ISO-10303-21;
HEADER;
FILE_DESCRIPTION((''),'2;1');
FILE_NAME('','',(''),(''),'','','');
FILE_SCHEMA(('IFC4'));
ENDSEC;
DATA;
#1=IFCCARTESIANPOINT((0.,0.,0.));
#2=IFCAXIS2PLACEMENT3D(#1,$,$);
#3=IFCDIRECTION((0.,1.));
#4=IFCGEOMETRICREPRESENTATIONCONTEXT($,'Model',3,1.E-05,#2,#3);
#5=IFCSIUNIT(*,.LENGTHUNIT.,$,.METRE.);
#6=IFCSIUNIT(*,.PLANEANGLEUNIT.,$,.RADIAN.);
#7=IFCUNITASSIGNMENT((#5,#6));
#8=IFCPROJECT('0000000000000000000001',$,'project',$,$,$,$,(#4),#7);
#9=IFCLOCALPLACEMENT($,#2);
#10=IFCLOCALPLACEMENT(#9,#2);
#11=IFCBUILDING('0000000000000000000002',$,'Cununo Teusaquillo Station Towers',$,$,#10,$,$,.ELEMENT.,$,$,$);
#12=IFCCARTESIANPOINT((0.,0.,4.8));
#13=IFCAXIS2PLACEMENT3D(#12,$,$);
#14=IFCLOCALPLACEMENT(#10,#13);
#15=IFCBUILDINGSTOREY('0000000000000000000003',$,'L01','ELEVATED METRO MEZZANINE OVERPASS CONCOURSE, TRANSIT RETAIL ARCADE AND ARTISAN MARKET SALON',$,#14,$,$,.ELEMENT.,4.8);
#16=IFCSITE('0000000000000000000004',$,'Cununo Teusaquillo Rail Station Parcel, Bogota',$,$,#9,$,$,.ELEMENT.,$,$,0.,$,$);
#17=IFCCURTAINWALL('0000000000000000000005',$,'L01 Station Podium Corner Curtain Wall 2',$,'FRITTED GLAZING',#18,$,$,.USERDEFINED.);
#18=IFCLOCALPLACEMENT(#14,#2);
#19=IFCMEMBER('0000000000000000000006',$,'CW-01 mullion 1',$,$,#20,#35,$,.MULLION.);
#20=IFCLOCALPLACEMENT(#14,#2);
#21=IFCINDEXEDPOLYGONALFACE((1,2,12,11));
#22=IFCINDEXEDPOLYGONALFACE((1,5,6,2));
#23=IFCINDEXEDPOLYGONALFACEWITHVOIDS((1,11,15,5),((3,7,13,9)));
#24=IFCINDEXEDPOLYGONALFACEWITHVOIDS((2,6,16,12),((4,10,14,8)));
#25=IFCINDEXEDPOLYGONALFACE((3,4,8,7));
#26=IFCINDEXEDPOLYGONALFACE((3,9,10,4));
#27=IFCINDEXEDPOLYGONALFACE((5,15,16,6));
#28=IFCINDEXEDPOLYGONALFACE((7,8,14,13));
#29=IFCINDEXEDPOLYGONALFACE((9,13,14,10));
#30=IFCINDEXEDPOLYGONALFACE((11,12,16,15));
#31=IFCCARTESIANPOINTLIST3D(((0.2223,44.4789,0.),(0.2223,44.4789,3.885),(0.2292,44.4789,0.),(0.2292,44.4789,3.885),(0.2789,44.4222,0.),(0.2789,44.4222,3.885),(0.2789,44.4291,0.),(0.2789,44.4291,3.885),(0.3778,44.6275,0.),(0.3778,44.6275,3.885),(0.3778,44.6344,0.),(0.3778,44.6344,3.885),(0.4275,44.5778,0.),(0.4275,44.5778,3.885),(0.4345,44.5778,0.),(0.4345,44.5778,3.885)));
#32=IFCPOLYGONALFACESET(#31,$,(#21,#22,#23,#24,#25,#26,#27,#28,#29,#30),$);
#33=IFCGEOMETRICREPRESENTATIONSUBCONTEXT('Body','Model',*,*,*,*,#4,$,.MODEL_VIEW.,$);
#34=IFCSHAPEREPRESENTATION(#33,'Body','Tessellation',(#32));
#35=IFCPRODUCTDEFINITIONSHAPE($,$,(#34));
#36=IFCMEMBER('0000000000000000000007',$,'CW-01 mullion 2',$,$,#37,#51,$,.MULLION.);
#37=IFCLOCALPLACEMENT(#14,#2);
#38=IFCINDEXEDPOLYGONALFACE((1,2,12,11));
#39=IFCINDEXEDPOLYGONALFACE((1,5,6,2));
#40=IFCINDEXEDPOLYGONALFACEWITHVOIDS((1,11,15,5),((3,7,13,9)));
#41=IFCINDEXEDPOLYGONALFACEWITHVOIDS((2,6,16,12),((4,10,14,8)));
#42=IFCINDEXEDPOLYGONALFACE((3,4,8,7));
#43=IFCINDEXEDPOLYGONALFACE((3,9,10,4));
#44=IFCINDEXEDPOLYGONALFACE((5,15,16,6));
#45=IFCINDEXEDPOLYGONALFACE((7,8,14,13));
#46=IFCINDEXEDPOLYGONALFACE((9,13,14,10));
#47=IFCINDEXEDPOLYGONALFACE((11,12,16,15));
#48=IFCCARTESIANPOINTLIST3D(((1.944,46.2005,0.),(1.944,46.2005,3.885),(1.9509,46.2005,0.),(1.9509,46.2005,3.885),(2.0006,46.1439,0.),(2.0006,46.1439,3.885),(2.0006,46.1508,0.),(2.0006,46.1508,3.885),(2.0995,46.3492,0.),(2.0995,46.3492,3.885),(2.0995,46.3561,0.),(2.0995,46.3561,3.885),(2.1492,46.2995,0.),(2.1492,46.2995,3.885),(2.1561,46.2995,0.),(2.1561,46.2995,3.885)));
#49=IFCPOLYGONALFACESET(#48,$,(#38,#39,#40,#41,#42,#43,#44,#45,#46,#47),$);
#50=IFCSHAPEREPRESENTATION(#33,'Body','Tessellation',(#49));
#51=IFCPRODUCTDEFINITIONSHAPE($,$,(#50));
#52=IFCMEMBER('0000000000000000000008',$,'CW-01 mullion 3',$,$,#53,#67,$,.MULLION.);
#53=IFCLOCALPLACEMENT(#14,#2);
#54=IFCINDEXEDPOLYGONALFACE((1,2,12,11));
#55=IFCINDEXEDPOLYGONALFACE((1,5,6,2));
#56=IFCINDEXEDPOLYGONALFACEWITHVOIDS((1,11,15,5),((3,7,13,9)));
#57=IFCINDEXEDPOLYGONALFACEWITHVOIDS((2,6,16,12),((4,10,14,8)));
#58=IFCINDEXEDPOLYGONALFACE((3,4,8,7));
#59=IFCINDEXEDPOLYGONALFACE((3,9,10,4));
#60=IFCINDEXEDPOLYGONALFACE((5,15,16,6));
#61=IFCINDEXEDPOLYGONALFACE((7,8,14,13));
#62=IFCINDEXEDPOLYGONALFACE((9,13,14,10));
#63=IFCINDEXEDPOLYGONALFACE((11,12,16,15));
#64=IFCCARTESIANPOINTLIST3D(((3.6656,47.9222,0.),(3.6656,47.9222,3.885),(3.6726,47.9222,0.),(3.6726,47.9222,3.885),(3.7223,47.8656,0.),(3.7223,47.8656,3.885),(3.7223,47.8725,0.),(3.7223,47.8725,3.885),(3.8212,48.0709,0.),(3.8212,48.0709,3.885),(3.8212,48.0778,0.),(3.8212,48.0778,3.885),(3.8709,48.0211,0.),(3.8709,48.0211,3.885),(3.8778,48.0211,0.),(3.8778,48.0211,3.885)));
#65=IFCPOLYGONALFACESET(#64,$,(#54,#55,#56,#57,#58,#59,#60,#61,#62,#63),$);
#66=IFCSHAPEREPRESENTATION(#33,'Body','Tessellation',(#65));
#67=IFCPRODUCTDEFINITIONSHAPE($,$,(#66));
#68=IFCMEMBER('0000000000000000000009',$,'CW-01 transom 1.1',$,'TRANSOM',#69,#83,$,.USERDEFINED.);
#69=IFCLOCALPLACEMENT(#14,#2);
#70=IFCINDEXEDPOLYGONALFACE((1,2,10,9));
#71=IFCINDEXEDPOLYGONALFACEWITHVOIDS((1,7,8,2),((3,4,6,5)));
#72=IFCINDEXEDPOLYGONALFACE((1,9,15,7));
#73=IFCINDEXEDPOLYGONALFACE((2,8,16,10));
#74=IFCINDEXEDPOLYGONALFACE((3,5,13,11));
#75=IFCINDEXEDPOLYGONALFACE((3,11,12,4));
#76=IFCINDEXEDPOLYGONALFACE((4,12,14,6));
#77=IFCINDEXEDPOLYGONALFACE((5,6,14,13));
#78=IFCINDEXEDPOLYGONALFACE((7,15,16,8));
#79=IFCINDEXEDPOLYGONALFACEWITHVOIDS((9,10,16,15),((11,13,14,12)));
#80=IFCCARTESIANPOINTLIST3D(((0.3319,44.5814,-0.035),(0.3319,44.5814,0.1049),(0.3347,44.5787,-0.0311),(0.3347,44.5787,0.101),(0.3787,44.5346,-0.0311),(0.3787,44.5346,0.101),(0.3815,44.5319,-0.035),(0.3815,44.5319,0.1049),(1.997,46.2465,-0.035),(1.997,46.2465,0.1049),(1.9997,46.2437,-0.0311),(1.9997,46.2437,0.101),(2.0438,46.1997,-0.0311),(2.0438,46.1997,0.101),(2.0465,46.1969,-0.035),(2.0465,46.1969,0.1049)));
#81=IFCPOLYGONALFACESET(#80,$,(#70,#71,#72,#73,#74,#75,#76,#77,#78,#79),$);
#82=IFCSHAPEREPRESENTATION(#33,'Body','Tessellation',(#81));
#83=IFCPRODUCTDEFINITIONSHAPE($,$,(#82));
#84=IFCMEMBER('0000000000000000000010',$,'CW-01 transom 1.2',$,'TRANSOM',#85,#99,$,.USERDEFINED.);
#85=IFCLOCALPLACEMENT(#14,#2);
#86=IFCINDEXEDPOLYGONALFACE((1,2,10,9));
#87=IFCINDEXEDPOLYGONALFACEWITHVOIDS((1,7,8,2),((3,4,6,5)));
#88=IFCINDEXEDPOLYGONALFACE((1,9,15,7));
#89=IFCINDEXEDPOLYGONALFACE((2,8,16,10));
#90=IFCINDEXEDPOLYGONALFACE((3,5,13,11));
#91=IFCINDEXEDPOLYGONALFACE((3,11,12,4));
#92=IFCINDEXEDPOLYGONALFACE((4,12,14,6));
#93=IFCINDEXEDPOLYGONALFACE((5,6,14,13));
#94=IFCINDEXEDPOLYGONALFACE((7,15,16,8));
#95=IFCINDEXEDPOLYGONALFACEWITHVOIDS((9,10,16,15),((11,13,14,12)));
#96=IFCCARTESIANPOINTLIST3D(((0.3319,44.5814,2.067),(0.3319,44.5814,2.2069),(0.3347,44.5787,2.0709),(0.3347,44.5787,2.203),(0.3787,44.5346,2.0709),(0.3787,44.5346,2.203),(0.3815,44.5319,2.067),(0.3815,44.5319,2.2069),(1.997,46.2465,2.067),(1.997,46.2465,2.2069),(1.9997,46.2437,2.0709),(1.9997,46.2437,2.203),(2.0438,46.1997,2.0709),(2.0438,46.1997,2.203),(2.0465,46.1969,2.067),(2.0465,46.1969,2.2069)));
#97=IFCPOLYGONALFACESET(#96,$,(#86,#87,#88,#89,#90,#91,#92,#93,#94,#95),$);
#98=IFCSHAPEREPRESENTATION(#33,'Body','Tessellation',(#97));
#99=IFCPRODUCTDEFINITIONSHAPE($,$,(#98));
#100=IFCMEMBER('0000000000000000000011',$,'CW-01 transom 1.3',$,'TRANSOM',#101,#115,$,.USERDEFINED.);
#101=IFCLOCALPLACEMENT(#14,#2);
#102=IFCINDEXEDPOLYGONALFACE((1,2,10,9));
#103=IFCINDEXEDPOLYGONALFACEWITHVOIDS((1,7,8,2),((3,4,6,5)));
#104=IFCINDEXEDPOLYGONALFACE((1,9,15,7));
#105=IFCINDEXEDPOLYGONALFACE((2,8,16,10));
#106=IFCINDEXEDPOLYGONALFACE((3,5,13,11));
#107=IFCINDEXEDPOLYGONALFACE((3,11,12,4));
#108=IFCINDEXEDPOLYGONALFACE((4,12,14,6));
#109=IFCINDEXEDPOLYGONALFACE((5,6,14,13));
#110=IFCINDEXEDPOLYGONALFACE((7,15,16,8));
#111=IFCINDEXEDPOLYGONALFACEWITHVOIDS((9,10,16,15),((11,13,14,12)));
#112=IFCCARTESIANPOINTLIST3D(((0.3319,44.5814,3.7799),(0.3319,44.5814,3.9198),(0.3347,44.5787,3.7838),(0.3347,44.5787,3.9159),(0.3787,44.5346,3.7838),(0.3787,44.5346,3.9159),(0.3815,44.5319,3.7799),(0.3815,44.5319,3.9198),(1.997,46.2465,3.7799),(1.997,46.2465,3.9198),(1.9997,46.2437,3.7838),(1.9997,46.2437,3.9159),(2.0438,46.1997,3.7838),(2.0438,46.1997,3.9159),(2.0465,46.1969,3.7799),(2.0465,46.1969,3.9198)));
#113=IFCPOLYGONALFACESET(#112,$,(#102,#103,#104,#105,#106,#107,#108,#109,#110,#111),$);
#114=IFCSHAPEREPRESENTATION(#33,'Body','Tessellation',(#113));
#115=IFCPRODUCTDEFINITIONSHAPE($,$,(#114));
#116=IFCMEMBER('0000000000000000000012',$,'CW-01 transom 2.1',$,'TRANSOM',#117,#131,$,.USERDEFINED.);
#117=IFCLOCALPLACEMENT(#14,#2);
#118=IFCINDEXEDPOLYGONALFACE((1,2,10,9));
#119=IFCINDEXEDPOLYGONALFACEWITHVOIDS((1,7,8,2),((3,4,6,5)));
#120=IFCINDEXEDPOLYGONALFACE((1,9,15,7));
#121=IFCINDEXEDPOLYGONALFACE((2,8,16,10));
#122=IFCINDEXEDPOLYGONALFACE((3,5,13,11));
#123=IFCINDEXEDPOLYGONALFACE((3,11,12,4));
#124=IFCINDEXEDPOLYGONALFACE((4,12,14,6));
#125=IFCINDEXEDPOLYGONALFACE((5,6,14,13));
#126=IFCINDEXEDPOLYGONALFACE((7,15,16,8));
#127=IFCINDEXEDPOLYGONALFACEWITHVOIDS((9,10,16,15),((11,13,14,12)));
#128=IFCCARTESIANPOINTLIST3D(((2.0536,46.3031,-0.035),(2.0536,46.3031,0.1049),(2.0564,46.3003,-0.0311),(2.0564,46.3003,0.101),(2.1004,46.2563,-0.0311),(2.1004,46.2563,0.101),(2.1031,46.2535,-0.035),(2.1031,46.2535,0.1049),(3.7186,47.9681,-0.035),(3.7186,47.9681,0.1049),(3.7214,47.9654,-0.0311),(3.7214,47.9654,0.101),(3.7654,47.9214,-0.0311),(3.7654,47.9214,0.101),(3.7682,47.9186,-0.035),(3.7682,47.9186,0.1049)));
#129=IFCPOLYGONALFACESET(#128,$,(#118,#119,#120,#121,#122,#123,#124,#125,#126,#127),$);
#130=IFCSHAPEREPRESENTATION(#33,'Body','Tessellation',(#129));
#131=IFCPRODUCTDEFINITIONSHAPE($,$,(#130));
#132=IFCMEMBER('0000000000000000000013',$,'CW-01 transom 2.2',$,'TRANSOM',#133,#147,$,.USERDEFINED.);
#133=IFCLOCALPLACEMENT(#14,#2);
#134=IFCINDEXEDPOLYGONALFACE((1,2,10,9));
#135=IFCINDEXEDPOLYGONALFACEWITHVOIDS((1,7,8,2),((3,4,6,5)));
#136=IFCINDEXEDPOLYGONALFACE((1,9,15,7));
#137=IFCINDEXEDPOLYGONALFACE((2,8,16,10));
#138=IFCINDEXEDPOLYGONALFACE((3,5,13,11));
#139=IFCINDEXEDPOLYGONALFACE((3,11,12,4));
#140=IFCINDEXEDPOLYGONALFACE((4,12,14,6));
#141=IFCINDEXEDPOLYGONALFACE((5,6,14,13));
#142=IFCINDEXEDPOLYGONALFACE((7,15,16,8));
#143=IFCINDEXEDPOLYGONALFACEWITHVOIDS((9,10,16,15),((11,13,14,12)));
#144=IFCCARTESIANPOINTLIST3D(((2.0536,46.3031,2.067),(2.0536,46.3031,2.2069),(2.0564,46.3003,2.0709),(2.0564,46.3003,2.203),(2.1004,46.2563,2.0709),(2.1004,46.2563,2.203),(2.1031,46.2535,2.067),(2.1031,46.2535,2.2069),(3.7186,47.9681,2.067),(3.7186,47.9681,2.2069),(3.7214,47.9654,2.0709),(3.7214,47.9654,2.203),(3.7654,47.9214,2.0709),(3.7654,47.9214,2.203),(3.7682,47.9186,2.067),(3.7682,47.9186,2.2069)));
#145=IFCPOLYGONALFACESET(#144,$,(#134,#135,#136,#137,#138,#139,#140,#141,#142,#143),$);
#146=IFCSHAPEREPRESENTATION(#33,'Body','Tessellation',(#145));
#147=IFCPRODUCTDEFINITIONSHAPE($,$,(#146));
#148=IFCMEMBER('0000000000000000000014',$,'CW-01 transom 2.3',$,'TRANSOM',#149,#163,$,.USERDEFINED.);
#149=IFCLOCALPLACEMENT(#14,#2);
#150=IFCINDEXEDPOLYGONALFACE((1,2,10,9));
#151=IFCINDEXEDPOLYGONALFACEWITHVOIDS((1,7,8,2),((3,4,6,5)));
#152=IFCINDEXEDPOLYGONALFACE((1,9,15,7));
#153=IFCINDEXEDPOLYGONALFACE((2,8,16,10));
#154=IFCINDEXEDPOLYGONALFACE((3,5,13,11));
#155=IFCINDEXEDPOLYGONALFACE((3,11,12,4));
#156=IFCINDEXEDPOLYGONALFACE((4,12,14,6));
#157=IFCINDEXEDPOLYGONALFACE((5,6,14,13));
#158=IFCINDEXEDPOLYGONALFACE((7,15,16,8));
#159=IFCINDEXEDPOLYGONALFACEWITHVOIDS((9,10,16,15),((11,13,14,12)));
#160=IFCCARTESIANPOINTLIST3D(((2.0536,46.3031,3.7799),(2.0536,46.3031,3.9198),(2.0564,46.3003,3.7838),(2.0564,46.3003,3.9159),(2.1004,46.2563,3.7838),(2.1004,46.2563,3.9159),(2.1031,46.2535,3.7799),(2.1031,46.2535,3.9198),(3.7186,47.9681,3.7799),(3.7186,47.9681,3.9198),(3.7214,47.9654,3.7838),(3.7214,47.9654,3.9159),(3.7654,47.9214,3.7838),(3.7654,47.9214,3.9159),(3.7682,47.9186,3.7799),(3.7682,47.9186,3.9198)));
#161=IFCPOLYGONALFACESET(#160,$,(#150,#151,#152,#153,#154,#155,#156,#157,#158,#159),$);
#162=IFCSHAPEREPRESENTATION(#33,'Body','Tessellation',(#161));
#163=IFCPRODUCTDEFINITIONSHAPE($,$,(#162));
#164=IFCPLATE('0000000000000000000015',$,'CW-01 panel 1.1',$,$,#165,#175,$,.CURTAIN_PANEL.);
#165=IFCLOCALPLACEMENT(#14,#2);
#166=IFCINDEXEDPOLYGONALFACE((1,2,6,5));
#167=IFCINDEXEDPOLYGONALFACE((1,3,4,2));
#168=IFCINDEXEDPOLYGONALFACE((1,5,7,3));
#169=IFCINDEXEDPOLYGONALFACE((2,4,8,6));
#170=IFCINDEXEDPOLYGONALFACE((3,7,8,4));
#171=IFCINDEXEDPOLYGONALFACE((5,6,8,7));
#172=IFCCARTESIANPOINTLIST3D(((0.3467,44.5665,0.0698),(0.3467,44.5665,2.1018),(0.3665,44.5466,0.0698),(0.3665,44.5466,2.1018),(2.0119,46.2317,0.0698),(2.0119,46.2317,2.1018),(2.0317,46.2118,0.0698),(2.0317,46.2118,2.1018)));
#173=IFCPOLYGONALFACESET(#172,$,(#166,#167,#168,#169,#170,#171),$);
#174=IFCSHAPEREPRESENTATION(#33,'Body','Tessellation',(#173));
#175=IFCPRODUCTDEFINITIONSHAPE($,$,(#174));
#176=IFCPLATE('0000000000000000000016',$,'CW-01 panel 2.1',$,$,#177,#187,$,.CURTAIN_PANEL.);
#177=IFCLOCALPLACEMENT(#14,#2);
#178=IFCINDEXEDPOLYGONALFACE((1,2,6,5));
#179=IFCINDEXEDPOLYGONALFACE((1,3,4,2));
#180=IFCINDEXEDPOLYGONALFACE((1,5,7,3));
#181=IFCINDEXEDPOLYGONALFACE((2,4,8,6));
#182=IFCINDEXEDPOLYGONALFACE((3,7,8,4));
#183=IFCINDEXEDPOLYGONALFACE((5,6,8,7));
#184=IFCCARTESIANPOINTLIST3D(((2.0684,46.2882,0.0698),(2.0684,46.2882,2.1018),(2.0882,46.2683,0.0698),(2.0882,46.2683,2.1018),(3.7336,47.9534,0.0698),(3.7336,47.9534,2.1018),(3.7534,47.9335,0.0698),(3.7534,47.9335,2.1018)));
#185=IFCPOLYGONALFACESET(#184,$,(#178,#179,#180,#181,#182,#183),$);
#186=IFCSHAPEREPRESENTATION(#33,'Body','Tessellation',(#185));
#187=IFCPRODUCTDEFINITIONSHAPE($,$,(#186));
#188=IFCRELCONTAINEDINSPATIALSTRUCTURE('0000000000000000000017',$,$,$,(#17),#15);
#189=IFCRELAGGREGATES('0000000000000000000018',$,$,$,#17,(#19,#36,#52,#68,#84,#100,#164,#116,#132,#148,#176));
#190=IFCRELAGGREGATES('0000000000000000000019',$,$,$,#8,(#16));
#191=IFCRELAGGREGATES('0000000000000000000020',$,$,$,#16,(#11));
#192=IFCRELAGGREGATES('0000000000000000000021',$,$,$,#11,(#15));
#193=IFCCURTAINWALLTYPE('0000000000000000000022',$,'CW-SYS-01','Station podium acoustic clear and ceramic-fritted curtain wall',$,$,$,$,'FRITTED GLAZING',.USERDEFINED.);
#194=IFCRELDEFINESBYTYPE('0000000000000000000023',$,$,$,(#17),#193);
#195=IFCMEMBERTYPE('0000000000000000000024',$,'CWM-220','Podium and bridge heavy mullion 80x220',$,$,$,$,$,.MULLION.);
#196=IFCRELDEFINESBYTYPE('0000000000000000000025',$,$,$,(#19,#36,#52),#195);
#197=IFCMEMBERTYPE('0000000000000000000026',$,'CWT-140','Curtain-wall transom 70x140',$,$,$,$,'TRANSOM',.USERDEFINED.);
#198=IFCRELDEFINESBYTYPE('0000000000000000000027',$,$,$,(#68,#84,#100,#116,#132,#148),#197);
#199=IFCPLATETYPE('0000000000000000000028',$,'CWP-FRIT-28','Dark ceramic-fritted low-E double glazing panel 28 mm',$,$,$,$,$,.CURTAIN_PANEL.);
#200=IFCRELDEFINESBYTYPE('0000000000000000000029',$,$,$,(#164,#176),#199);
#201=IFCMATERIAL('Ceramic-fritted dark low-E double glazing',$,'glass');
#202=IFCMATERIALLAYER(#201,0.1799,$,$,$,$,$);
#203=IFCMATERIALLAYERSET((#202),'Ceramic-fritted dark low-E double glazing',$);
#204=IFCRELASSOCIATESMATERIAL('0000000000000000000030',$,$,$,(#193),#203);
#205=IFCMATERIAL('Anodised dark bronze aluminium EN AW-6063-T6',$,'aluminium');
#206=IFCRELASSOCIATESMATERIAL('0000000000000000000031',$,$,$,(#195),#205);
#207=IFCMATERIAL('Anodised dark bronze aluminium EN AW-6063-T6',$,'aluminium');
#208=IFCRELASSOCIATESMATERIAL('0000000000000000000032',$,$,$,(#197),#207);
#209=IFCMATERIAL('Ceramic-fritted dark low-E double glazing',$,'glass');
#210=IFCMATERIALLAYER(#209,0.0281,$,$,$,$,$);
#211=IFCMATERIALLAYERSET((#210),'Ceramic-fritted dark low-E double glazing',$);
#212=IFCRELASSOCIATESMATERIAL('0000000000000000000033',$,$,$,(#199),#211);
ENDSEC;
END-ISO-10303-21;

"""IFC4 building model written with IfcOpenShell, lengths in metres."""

from ifc_helpers import new_model, si_unit, direction, frame, origin, origin_2d, place, context, subcontext, project, spatial, rectangle, hollow_rectangle, extrude, source, transform, mapped, material, layer, layer_set, material_profile, profile_set, type_object, element, aggregate, save


model = new_model("IFC4")

# Units and contexts
model_context = context("Model", 3, precision=1e-05, world=origin(), true_north=direction((0.0, 1.0)))
body_context = subcontext(model_context, "Body", "Model", "MODEL_VIEW")
ifc_project = project(units=[si_unit("LENGTHUNIT", "METRE"), si_unit("PLANEANGLEUNIT", "RADIAN")], contexts=[model_context])

# Site, building, storey
site_placement = place(None, origin())
site = spatial("IfcSite", under=ifc_project, at=site_placement, Name="Cununo Teusaquillo Rail Station Parcel, Bogota", CompositionType="ELEMENT", RefElevation=0.0)
building_placement = place(site_placement, origin())
building = spatial("IfcBuilding", under=site, at=building_placement, Name="Cununo Teusaquillo Station Towers", CompositionType="ELEMENT")
storey_placement = place(building_placement, frame((0.0, 0.0, 4.8)))
storey = spatial("IfcBuildingStorey", under=building, at=storey_placement, Name="L01", Description="ELEVATED METRO MEZZANINE OVERPASS CONCOURSE, TRANSIT RETAIL ARCADE AND ARTISAN MARKET SALON", CompositionType="ELEMENT", Elevation=4.8)

# Curtain wall, members, plates
ifc_material_1 = material(Name="Ceramic-fritted dark low-E double glazing", Category="glass")
ifc_layer_1 = layer(ifc_material_1, 0.1799)
ifc_layer_set_1 = layer_set([ifc_layer_1], Name="Ceramic-fritted dark low-E double glazing")
curtain_wall_type = type_object("IfcCurtainWallType", Name="CW-SYS-01", Description="Station podium acoustic clear and ceramic-fritted curtain wall", ElementType="FRITTED GLAZING", PredefinedType="USERDEFINED", material=ifc_layer_set_1)
curtain_wall_placement = place(storey_placement, origin())
curtain_wall = element("IfcCurtainWall", 1, at=curtain_wall_placement, inside=storey, type_object=curtain_wall_type, Name="L01 Station Podium Corner Curtain Wall 2", ObjectType="FRITTED GLAZING", PredefinedType="USERDEFINED")
ifc_material_2 = material(Name="Anodised dark bronze aluminium EN AW-6063-T6", Category="aluminium")
ifc_material_profile_1 = material_profile(ifc_material_2, hollow_rectangle(XDim=0.0801, YDim=0.22, WallThickness=0.0049, at=origin_2d()), Name="CW-MULL-80x220")
ifc_profile_set_1 = profile_set([ifc_material_profile_1], Name="Anodised dark bronze aluminium EN AW-6063-T6")
member_type_1 = type_object("IfcMemberType", Name="CWM-220", Description="Podium and bridge heavy mullion 80x220", PredefinedType="MULLION", material=ifc_profile_set_1)
member_1_placement = place(storey_placement, frame((0.3284, 44.5283, 0.0), z_axis=(0.0, 0.0, 1.0), x_axis=(-0.707107, 0.707107, 0.0)))
member_1 = element("IfcMember", 2, at=member_1_placement, type_object=member_type_1, Name="CW-01 mullion 1", PredefinedType="MULLION", context=body_context, shape_type="SweptSolid", body=[
    extrude(hollow_rectangle(XDim=0.0801, YDim=0.22, WallThickness=0.0049, at=origin_2d()), origin(), (0.0, 0.0, 1.0), 3.885),
])
member_2_placement = place(storey_placement, frame((2.05, 46.25, 0.0), z_axis=(0.0, 0.0, 1.0), x_axis=(-0.707107, 0.707107, 0.0)))
member_2 = element("IfcMember", 3, at=member_2_placement, type_object=member_type_1, Name="CW-01 mullion 2", PredefinedType="MULLION", context=body_context, shape_type="SweptSolid", body=[
    extrude(hollow_rectangle(XDim=0.0801, YDim=0.22, WallThickness=0.0049, at=origin_2d()), origin(), (0.0, 0.0, 1.0), 3.885),
])
member_3_placement = place(storey_placement, frame((3.7717, 47.9717, 0.0), z_axis=(0.0, 0.0, 1.0), x_axis=(-0.707107, 0.707107, 0.0)))
member_3 = element("IfcMember", 4, at=member_3_placement, type_object=member_type_1, Name="CW-01 mullion 3", PredefinedType="MULLION", context=body_context, shape_type="SweptSolid", body=[
    extrude(hollow_rectangle(XDim=0.0801, YDim=0.22, WallThickness=0.0049, at=origin_2d()), origin(), (0.0, 0.0, 1.0), 3.885),
])
ifc_material_3 = material(Name="Anodised dark bronze aluminium EN AW-6063-T6", Category="aluminium")
ifc_material_profile_2 = material_profile(ifc_material_3, hollow_rectangle(XDim=0.0701, YDim=0.1399, WallThickness=0.0039, at=origin_2d()), Name="CW-TRAN-70x140")
ifc_profile_set_2 = profile_set([ifc_material_profile_2], Name="Anodised dark bronze aluminium EN AW-6063-T6")
member_type_2 = type_object("IfcMemberType", Name="CWT-140", Description="Curtain-wall transom 70x140", ElementType="TRANSOM", PredefinedType="USERDEFINED", material=ifc_profile_set_2)
member_4_placement = place(storey_placement, frame((0.3567, 44.5566, 0.0349), z_axis=(0.707107, 0.707107, 0.0), x_axis=(-0.707107, 0.707107, 0.0)))
member_4 = element("IfcMember", 5, at=member_4_placement, type_object=member_type_2, Name="CW-01 transom 1.1", ObjectType="TRANSOM", PredefinedType="USERDEFINED", context=body_context, shape_type="SweptSolid", body=[
    extrude(hollow_rectangle(XDim=0.0701, YDim=0.1399, WallThickness=0.0039, at=origin_2d()), origin(), (0.0, 0.0, 1.0), 2.3547),
])
member_5_placement = place(storey_placement, frame((0.3567, 44.5566, 2.137), z_axis=(0.707107, 0.707107, 0.0), x_axis=(-0.707107, 0.707107, 0.0)))
member_5 = element("IfcMember", 6, at=member_5_placement, type_object=member_type_2, Name="CW-01 transom 1.2", ObjectType="TRANSOM", PredefinedType="USERDEFINED", context=body_context, shape_type="SweptSolid", body=[
    extrude(hollow_rectangle(XDim=0.0701, YDim=0.1399, WallThickness=0.0039, at=origin_2d()), origin(), (0.0, 0.0, 1.0), 2.3547),
])
member_6_placement = place(storey_placement, frame((0.3567, 44.5566, 3.8499), z_axis=(0.707107, 0.707107, 0.0), x_axis=(-0.707107, 0.707107, 0.0)))
member_6 = element("IfcMember", 7, at=member_6_placement, type_object=member_type_2, Name="CW-01 transom 1.3", ObjectType="TRANSOM", PredefinedType="USERDEFINED", context=body_context, shape_type="SweptSolid", body=[
    extrude(hollow_rectangle(XDim=0.0701, YDim=0.1399, WallThickness=0.0039, at=origin_2d()), origin(), (0.0, 0.0, 1.0), 2.3547),
])
member_7_placement = place(storey_placement, frame((2.0784, 46.2783, 0.0349), z_axis=(0.707107, 0.707107, 0.0), x_axis=(-0.707107, 0.707107, 0.0)))
member_7 = element("IfcMember", 8, at=member_7_placement, type_object=member_type_2, Name="CW-01 transom 2.1", ObjectType="TRANSOM", PredefinedType="USERDEFINED", context=body_context, shape_type="SweptSolid", body=[
    extrude(hollow_rectangle(XDim=0.0701, YDim=0.1399, WallThickness=0.0039, at=origin_2d()), origin(), (0.0, 0.0, 1.0), 2.3547),
])
member_8_placement = place(storey_placement, frame((2.0784, 46.2783, 2.137), z_axis=(0.707107, 0.707107, 0.0), x_axis=(-0.707107, 0.707107, 0.0)))
member_8 = element("IfcMember", 9, at=member_8_placement, type_object=member_type_2, Name="CW-01 transom 2.2", ObjectType="TRANSOM", PredefinedType="USERDEFINED", context=body_context, shape_type="SweptSolid", body=[
    extrude(hollow_rectangle(XDim=0.0701, YDim=0.1399, WallThickness=0.0039, at=origin_2d()), origin(), (0.0, 0.0, 1.0), 2.3547),
])
member_9_placement = place(storey_placement, frame((2.0784, 46.2783, 3.8499), z_axis=(0.707107, 0.707107, 0.0), x_axis=(-0.707107, 0.707107, 0.0)))
member_9 = element("IfcMember", 10, at=member_9_placement, type_object=member_type_2, Name="CW-01 transom 2.3", ObjectType="TRANSOM", PredefinedType="USERDEFINED", context=body_context, shape_type="SweptSolid", body=[
    extrude(hollow_rectangle(XDim=0.0701, YDim=0.1399, WallThickness=0.0039, at=origin_2d()), origin(), (0.0, 0.0, 1.0), 2.3547),
])
ifc_material_4 = material(Name="Ceramic-fritted dark low-E double glazing", Category="glass")
ifc_layer_2 = layer(ifc_material_4, 0.0281)
ifc_layer_set_2 = layer_set([ifc_layer_2], Name="Ceramic-fritted dark low-E double glazing")
plate_type = type_object("IfcPlateType", Name="CWP-FRIT-28", Description="Dark ceramic-fritted low-E double glazing panel 28 mm", PredefinedType="CURTAIN_PANEL", material=ifc_layer_set_2)
shared_shape_1 = source(origin(), body_context, "Body", "SweptSolid", [
    extrude(rectangle(XDim=2.355, YDim=0.0281, at=origin_2d()), origin(), (0.0, 0.0, 1.0), 2.032),
])
plate_1_placement = place(storey_placement, frame((1.1892, 45.3892, 0.0698), z_axis=(0.0, 0.0, 1.0), x_axis=(0.707107, 0.707107, 0.0)))
plate_1 = element("IfcPlate", 11, at=plate_1_placement, type_object=plate_type, Name="CW-01 panel 1.1", PredefinedType="CURTAIN_PANEL", context=body_context, shape_type="MappedRepresentation", body=[
    mapped(shared_shape_1, transform((0.0, 0.0, 0.0), x_axis=(1.0, 0.0, 0.0), y_axis=(0.0, 1.0, 0.0), z_axis=(0.0, 0.0, 1.0), scale=1.0)),
])
plate_2_placement = place(storey_placement, frame((2.9109, 47.1108, 0.0698), z_axis=(0.0, 0.0, 1.0), x_axis=(0.707107, 0.707107, 0.0)))
plate_2 = element("IfcPlate", 12, at=plate_2_placement, type_object=plate_type, Name="CW-01 panel 2.1", PredefinedType="CURTAIN_PANEL", context=body_context, shape_type="MappedRepresentation", body=[
    mapped(shared_shape_1, transform((0.0, 0.0, 0.0), x_axis=(1.0, 0.0, 0.0), y_axis=(0.0, 1.0, 0.0), z_axis=(0.0, 0.0, 1.0), scale=1.0)),
])
aggregate(curtain_wall, [member_1, member_2, member_3, member_4, member_5, member_6, plate_1, member_7, member_8, member_9, plate_2])

save(model, "model.ifc")
